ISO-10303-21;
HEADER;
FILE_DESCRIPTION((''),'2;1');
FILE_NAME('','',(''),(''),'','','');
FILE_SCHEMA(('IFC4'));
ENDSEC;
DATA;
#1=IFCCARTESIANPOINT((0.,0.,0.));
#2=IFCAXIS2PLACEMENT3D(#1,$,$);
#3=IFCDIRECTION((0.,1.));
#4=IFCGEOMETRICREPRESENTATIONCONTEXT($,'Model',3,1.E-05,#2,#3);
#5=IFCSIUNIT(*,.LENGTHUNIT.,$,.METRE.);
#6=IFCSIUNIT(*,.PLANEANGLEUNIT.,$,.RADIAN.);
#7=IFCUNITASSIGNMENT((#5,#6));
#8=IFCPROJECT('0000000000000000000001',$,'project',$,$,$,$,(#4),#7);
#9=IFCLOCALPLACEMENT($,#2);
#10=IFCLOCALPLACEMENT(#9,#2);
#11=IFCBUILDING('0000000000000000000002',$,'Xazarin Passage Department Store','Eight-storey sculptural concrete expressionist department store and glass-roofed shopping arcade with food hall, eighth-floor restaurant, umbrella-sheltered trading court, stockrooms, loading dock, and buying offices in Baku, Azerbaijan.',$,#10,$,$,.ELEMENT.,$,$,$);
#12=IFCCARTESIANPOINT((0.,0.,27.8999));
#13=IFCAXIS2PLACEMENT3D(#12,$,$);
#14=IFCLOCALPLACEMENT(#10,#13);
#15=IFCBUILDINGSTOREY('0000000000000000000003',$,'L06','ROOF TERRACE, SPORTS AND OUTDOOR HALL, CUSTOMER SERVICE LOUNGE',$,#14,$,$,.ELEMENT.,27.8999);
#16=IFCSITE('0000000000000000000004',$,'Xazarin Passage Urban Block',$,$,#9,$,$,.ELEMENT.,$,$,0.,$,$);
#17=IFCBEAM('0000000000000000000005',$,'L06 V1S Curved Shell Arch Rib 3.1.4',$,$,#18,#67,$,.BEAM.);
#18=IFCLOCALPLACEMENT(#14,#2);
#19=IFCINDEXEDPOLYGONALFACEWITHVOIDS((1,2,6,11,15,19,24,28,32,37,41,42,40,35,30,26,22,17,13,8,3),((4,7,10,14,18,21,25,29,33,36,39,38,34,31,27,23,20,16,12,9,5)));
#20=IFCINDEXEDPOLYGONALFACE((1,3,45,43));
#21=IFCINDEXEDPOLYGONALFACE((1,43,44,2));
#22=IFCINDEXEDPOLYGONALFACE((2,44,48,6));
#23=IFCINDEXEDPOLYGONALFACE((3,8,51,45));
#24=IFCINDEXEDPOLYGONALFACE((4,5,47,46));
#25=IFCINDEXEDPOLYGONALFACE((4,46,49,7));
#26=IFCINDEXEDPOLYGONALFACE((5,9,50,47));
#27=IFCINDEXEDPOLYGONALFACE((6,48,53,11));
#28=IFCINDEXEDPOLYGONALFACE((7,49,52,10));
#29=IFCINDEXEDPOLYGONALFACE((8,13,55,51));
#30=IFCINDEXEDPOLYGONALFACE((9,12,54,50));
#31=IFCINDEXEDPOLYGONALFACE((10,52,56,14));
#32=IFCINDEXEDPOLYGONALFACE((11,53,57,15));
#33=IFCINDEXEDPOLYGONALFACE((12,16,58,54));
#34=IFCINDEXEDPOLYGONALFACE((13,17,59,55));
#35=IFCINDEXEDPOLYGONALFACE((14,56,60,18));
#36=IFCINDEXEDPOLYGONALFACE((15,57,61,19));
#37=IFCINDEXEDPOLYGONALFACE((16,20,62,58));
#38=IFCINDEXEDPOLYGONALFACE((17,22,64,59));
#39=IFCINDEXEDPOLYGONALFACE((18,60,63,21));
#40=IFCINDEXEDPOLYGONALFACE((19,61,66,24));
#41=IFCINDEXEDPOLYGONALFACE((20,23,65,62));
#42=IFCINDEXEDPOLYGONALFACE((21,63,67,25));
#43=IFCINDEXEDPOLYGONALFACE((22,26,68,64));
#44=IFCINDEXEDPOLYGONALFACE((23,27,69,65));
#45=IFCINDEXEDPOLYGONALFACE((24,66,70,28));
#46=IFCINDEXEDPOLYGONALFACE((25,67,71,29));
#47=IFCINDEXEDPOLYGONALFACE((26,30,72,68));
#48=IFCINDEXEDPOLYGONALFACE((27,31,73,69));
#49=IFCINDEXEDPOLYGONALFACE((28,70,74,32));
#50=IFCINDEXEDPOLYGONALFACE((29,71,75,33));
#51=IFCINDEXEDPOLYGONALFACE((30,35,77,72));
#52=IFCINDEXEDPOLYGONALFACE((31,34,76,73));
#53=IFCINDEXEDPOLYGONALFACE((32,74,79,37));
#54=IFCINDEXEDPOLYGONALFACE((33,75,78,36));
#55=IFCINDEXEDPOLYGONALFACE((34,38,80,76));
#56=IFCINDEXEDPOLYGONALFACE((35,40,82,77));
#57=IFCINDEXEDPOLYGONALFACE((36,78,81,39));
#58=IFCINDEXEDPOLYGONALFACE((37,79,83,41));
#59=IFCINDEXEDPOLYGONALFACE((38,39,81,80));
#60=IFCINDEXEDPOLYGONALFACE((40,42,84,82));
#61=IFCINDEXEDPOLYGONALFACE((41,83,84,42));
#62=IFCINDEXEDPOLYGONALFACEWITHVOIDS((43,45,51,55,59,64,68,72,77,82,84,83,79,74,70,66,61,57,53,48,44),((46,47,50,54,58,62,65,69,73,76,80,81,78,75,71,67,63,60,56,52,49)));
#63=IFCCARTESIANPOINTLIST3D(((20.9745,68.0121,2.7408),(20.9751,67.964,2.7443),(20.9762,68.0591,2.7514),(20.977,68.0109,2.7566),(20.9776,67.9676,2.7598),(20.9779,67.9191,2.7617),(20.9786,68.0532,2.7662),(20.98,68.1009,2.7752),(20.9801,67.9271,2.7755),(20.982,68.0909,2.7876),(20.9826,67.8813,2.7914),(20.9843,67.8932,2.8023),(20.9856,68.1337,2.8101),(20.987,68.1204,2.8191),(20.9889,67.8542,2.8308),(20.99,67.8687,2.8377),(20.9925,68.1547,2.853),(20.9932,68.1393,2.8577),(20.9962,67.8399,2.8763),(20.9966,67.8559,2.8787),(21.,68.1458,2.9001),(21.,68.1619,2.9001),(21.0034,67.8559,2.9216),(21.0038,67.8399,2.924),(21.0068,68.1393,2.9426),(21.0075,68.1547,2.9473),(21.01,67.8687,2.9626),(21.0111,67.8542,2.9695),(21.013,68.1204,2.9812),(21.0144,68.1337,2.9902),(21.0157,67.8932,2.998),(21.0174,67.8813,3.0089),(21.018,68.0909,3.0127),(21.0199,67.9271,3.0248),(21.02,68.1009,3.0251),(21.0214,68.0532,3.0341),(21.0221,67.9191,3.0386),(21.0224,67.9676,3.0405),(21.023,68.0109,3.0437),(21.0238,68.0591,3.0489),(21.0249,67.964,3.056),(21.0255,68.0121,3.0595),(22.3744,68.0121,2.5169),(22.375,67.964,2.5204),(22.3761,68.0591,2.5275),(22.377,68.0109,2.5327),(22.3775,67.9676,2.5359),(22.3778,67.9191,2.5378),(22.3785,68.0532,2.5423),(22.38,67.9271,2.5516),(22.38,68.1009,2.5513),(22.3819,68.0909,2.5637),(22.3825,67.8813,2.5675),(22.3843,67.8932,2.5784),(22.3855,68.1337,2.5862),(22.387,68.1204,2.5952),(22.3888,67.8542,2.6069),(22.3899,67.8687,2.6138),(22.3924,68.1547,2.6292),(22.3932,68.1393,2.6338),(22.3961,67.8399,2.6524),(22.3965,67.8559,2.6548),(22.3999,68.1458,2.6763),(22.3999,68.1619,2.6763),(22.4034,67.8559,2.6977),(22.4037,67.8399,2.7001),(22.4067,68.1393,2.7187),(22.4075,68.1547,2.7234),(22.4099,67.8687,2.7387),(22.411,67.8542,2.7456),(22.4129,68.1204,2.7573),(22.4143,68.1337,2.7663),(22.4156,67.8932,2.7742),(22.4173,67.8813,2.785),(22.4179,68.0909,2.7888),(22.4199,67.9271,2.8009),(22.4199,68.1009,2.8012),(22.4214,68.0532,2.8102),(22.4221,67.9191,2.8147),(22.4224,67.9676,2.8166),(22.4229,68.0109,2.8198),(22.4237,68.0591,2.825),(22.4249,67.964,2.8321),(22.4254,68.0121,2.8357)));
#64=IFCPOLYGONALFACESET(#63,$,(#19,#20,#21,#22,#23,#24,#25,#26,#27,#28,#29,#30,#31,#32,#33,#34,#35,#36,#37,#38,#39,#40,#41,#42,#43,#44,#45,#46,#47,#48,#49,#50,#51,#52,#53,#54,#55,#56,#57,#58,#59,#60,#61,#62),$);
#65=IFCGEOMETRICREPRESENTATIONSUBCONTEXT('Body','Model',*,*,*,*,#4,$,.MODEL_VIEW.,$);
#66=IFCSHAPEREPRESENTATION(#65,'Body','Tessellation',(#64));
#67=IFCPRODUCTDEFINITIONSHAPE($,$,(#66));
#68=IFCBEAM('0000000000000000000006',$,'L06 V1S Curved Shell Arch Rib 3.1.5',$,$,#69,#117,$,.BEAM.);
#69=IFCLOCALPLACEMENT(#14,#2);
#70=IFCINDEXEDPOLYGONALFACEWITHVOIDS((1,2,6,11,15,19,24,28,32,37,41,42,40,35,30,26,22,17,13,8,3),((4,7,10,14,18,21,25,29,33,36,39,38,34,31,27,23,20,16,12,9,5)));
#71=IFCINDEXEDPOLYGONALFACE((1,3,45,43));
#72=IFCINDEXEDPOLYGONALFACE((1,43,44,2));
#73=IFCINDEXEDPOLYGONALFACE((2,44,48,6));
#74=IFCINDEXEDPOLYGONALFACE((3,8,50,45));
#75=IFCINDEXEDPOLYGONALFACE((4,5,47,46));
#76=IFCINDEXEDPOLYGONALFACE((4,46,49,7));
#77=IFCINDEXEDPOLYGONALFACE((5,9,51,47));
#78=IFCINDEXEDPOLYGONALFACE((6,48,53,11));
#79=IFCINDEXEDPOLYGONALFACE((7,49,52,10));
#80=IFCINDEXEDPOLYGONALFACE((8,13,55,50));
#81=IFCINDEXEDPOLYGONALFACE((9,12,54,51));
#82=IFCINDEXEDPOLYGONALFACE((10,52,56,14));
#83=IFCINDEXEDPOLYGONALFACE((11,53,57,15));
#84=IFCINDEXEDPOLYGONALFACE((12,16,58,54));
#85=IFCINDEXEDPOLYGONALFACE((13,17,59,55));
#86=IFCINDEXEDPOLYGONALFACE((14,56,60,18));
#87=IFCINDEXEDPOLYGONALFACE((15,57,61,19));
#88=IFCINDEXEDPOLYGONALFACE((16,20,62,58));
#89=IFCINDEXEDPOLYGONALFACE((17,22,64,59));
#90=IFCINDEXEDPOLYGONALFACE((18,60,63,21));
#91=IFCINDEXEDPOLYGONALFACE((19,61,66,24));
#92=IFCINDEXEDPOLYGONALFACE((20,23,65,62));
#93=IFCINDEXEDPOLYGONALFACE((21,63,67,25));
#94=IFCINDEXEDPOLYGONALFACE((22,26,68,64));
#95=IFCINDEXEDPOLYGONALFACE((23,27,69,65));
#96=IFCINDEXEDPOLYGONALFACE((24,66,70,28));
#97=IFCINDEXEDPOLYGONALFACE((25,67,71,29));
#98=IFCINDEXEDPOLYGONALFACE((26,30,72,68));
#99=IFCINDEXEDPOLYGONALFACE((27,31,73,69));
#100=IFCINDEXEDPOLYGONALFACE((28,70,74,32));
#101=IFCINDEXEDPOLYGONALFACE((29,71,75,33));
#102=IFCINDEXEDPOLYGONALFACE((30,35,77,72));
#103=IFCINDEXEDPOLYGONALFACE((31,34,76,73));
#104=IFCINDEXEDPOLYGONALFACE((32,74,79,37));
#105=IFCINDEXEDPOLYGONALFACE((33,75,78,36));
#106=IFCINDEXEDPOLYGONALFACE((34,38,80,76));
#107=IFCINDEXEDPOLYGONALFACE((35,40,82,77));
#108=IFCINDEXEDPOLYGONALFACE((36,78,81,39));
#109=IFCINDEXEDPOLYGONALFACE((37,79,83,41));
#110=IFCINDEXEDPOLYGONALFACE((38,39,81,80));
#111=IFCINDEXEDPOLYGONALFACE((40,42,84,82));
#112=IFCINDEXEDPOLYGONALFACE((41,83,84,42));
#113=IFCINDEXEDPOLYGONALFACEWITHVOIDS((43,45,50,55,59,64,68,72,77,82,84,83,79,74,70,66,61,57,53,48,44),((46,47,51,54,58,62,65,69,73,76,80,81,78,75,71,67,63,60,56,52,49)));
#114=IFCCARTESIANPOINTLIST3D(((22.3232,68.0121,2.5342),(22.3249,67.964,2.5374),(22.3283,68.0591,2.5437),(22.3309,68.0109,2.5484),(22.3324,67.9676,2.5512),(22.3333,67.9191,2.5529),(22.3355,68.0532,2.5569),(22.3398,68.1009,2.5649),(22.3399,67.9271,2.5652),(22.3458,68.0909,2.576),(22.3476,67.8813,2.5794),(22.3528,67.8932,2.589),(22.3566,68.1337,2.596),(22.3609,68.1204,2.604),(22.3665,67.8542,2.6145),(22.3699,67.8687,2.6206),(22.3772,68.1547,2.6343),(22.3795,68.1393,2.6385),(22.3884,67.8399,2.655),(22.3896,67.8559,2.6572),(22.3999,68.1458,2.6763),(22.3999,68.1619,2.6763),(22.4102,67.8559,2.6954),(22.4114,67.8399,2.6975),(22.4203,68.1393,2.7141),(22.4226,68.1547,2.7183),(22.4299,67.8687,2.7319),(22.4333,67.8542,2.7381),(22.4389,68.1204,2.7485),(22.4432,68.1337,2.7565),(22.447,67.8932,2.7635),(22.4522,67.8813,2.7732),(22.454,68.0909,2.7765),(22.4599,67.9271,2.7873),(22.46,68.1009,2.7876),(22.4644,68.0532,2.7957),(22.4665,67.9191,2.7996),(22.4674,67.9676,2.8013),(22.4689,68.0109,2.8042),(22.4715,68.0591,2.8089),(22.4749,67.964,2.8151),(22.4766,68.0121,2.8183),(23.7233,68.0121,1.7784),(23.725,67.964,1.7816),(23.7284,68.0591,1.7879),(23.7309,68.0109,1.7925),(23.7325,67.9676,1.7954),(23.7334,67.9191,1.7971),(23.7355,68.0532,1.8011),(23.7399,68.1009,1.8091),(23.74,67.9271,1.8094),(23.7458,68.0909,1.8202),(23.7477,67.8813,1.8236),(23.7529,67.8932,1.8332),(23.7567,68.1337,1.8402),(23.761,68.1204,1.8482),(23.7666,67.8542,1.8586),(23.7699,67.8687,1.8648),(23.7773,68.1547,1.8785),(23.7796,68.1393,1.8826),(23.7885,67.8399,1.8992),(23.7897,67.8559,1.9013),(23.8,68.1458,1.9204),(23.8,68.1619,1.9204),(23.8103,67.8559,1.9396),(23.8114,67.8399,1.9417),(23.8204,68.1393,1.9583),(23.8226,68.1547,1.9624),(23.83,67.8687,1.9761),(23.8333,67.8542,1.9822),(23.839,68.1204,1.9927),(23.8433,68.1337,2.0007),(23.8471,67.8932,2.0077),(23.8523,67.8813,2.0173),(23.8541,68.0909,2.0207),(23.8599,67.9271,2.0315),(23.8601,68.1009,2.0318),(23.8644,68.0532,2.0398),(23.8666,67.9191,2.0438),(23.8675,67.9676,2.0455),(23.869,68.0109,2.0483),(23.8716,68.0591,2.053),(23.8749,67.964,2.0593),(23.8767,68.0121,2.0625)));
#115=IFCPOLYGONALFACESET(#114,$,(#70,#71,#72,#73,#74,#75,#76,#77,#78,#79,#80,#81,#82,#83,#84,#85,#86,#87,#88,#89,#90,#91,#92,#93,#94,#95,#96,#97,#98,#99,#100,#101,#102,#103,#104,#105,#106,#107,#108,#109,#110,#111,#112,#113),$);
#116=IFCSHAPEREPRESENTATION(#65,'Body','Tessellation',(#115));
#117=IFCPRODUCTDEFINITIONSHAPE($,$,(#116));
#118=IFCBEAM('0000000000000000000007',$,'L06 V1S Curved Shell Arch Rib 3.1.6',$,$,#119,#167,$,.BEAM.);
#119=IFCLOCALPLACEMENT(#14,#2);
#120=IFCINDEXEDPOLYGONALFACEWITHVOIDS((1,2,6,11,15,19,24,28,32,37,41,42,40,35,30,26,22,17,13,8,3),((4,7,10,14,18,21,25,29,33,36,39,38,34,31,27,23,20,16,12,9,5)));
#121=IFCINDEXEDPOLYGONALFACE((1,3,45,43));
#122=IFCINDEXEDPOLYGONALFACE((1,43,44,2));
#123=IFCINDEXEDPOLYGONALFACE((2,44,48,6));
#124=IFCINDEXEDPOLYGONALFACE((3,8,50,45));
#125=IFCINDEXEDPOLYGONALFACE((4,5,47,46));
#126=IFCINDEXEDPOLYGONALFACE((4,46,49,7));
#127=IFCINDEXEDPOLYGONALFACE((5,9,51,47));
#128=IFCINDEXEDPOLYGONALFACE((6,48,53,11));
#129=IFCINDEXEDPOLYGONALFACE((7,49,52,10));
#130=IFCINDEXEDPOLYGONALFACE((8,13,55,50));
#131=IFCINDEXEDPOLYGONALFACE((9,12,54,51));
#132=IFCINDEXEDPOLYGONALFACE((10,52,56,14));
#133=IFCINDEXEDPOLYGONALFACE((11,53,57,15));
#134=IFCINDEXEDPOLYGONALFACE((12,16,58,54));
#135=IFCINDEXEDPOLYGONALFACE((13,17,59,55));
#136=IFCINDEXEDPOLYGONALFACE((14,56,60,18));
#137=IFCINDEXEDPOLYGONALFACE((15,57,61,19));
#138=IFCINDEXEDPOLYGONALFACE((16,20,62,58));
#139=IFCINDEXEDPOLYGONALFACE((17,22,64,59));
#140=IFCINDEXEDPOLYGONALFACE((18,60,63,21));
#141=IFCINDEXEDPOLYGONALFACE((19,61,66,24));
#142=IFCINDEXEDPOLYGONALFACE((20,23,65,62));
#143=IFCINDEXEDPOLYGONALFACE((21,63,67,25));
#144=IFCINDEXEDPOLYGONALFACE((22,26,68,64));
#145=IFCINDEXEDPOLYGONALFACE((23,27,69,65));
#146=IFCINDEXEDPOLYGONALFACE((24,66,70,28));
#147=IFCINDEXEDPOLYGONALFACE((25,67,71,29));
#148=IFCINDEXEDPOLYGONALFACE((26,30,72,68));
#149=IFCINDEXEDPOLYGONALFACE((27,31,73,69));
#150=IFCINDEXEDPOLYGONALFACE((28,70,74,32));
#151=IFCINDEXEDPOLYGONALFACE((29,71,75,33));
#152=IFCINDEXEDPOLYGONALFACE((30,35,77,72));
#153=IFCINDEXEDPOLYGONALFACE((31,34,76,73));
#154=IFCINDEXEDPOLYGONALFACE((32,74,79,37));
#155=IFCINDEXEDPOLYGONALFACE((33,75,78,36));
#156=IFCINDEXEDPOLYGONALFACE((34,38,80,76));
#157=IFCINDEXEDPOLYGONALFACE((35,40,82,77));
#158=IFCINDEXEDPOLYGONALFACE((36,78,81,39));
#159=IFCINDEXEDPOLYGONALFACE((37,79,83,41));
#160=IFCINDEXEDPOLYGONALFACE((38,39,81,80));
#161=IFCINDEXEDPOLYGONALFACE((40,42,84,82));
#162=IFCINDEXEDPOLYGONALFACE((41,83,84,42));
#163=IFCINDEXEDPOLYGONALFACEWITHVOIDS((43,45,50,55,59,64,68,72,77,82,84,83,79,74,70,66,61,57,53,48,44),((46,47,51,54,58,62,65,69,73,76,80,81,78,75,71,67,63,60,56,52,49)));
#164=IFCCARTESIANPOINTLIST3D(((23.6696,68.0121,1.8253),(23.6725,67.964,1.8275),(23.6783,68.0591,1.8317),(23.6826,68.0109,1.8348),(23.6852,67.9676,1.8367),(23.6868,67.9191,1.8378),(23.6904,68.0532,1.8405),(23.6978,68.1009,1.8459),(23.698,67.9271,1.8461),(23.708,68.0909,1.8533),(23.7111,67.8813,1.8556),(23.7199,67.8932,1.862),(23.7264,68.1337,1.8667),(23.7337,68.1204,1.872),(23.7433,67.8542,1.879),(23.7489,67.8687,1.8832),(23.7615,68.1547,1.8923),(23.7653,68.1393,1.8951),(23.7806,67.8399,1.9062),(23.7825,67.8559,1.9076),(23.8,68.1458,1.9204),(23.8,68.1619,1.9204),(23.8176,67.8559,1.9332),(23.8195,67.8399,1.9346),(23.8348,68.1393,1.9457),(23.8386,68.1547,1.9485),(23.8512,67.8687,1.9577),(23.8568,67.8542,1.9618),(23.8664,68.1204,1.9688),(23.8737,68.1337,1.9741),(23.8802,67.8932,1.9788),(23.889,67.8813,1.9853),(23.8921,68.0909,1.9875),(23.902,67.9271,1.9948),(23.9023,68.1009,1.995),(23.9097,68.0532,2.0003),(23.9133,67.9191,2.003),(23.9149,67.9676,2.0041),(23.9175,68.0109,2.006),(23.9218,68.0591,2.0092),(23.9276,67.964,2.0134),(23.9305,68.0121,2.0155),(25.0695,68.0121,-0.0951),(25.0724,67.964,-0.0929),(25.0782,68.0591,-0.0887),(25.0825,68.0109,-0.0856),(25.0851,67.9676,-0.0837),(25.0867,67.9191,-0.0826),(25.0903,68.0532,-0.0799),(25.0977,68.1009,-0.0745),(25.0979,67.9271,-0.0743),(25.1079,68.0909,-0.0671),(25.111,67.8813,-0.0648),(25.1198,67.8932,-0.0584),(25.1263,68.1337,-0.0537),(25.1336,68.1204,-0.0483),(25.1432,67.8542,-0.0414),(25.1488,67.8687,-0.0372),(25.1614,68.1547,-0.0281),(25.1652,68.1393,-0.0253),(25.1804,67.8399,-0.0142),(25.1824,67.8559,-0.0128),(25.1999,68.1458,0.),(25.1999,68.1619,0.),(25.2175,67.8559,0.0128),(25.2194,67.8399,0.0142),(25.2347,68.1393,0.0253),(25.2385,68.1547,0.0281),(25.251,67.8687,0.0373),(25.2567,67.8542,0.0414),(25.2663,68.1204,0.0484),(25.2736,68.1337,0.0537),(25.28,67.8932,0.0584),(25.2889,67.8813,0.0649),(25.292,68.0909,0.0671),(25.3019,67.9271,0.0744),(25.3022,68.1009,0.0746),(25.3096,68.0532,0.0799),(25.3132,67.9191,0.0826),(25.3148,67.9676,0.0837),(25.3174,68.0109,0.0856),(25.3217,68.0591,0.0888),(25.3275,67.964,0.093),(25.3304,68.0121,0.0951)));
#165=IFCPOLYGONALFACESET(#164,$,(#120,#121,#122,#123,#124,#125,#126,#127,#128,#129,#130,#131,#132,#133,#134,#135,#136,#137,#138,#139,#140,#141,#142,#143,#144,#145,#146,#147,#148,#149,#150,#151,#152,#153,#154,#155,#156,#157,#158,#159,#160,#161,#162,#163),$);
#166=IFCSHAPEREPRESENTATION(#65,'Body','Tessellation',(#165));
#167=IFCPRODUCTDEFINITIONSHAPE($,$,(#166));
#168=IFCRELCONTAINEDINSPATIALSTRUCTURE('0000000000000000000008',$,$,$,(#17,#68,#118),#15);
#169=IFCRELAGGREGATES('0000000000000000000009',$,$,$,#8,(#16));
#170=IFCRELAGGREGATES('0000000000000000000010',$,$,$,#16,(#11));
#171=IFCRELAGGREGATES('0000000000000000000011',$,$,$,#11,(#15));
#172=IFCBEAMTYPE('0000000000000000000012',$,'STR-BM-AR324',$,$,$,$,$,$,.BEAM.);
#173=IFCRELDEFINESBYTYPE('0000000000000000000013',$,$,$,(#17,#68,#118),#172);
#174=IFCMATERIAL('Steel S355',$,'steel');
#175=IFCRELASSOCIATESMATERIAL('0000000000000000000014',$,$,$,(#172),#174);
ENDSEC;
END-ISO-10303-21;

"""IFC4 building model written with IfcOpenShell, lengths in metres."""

from ifc_helpers import new_model, si_unit, direction, frame, origin, origin_2d, place, context, subcontext, project, spatial, hollow_circle, extrude, material, material_profile, profile_set, type_object, element, save


model = new_model("IFC4")

# Units and contexts
model_context = context("Model", 3, precision=1e-05, world=origin(), true_north=direction((0.0, 1.0)))
body_context = subcontext(model_context, "Body", "Model", "MODEL_VIEW")
ifc_project = project(units=[si_unit("LENGTHUNIT", "METRE"), si_unit("PLANEANGLEUNIT", "RADIAN")], contexts=[model_context])

# Site, building, storey
site_placement = place(None, origin())
site = spatial("IfcSite", under=ifc_project, at=site_placement, Name="Xazarin Passage Urban Block", CompositionType="ELEMENT", RefElevation=0.0)
building_placement = place(site_placement, origin())
building = spatial("IfcBuilding", under=site, at=building_placement, Name="Xazarin Passage Department Store", Description="Eight-storey sculptural concrete expressionist department store and glass-roofed shopping arcade with food hall, eighth-floor restaurant, umbrella-sheltered trading court, stockrooms, loading dock, and buying offices in Baku, Azerbaijan.", CompositionType="ELEMENT")
storey_placement = place(building_placement, frame((0.0, 0.0, 27.8999)))
storey = spatial("IfcBuildingStorey", under=building, at=storey_placement, Name="L06", Description="ROOF TERRACE, SPORTS AND OUTDOOR HALL, CUSTOMER SERVICE LOUNGE", CompositionType="ELEMENT", Elevation=27.8999)

# Beams
ifc_material_1 = material(Name="Steel S355", Category="steel")
ifc_material_profile_1 = material_profile(ifc_material_1, hollow_circle(Radius=0.1619, WallThickness=0.0161, at=origin_2d()), Name="CHS 323.9x16")
ifc_profile_set_1 = profile_set([ifc_material_profile_1], Name="Steel S355")
beam_type_1 = type_object("IfcBeamType", Name="STR-BM-AR324", PredefinedType="BEAM", material=ifc_profile_set_1)
for number, where, z_axis, x_axis, name in (
    (1, (21.0, 68.0, 2.9001), (0.987452, 0.0, -0.157917), (0.0, 1.0, 0.0), "L06 V1S Curved Shell Arch Rib 3.1.4"),
):
    element("IfcBeam", number, at=place(storey_placement, frame(where, z_axis=z_axis, x_axis=x_axis)), inside=storey, type_object=beam_type_1, Name=name, PredefinedType="BEAM", context=body_context, shape_type="SweptSolid", body=[
        extrude(hollow_circle(Radius=0.1619, WallThickness=0.0161, at=origin_2d()), origin(), (0.0, 0.0, 1.0), 1.4177),
    ])
beam_1_placement = place(storey_placement, frame((22.3999, 68.0, 2.6763), z_axis=(0.879963, 0.0, -0.475042), x_axis=(0.0, 1.0, 0.0)))
element("IfcBeam", 2, at=beam_1_placement, inside=storey, type_object=beam_type_1, Name="L06 V1S Curved Shell Arch Rib 3.1.5", PredefinedType="BEAM", context=body_context, shape_type="SweptSolid", body=[
    extrude(hollow_circle(Radius=0.1619, WallThickness=0.0161, at=origin_2d()), origin(), (0.0, 0.0, 1.0), 1.5911),
])
beam_2_placement = place(storey_placement, frame((23.8, 68.0, 1.9204), z_axis=(0.589063, 0.0, -0.808087), x_axis=(0.0, 1.0, 0.0)))
element("IfcBeam", 3, at=beam_2_placement, inside=storey, type_object=beam_type_1, Name="L06 V1S Curved Shell Arch Rib 3.1.6", PredefinedType="BEAM", context=body_context, shape_type="SweptSolid", body=[
    extrude(hollow_circle(Radius=0.1619, WallThickness=0.0161, at=origin_2d()), origin(), (0.0, 0.0, 1.0), 2.3765),
])

save(model, "model.ifc")
